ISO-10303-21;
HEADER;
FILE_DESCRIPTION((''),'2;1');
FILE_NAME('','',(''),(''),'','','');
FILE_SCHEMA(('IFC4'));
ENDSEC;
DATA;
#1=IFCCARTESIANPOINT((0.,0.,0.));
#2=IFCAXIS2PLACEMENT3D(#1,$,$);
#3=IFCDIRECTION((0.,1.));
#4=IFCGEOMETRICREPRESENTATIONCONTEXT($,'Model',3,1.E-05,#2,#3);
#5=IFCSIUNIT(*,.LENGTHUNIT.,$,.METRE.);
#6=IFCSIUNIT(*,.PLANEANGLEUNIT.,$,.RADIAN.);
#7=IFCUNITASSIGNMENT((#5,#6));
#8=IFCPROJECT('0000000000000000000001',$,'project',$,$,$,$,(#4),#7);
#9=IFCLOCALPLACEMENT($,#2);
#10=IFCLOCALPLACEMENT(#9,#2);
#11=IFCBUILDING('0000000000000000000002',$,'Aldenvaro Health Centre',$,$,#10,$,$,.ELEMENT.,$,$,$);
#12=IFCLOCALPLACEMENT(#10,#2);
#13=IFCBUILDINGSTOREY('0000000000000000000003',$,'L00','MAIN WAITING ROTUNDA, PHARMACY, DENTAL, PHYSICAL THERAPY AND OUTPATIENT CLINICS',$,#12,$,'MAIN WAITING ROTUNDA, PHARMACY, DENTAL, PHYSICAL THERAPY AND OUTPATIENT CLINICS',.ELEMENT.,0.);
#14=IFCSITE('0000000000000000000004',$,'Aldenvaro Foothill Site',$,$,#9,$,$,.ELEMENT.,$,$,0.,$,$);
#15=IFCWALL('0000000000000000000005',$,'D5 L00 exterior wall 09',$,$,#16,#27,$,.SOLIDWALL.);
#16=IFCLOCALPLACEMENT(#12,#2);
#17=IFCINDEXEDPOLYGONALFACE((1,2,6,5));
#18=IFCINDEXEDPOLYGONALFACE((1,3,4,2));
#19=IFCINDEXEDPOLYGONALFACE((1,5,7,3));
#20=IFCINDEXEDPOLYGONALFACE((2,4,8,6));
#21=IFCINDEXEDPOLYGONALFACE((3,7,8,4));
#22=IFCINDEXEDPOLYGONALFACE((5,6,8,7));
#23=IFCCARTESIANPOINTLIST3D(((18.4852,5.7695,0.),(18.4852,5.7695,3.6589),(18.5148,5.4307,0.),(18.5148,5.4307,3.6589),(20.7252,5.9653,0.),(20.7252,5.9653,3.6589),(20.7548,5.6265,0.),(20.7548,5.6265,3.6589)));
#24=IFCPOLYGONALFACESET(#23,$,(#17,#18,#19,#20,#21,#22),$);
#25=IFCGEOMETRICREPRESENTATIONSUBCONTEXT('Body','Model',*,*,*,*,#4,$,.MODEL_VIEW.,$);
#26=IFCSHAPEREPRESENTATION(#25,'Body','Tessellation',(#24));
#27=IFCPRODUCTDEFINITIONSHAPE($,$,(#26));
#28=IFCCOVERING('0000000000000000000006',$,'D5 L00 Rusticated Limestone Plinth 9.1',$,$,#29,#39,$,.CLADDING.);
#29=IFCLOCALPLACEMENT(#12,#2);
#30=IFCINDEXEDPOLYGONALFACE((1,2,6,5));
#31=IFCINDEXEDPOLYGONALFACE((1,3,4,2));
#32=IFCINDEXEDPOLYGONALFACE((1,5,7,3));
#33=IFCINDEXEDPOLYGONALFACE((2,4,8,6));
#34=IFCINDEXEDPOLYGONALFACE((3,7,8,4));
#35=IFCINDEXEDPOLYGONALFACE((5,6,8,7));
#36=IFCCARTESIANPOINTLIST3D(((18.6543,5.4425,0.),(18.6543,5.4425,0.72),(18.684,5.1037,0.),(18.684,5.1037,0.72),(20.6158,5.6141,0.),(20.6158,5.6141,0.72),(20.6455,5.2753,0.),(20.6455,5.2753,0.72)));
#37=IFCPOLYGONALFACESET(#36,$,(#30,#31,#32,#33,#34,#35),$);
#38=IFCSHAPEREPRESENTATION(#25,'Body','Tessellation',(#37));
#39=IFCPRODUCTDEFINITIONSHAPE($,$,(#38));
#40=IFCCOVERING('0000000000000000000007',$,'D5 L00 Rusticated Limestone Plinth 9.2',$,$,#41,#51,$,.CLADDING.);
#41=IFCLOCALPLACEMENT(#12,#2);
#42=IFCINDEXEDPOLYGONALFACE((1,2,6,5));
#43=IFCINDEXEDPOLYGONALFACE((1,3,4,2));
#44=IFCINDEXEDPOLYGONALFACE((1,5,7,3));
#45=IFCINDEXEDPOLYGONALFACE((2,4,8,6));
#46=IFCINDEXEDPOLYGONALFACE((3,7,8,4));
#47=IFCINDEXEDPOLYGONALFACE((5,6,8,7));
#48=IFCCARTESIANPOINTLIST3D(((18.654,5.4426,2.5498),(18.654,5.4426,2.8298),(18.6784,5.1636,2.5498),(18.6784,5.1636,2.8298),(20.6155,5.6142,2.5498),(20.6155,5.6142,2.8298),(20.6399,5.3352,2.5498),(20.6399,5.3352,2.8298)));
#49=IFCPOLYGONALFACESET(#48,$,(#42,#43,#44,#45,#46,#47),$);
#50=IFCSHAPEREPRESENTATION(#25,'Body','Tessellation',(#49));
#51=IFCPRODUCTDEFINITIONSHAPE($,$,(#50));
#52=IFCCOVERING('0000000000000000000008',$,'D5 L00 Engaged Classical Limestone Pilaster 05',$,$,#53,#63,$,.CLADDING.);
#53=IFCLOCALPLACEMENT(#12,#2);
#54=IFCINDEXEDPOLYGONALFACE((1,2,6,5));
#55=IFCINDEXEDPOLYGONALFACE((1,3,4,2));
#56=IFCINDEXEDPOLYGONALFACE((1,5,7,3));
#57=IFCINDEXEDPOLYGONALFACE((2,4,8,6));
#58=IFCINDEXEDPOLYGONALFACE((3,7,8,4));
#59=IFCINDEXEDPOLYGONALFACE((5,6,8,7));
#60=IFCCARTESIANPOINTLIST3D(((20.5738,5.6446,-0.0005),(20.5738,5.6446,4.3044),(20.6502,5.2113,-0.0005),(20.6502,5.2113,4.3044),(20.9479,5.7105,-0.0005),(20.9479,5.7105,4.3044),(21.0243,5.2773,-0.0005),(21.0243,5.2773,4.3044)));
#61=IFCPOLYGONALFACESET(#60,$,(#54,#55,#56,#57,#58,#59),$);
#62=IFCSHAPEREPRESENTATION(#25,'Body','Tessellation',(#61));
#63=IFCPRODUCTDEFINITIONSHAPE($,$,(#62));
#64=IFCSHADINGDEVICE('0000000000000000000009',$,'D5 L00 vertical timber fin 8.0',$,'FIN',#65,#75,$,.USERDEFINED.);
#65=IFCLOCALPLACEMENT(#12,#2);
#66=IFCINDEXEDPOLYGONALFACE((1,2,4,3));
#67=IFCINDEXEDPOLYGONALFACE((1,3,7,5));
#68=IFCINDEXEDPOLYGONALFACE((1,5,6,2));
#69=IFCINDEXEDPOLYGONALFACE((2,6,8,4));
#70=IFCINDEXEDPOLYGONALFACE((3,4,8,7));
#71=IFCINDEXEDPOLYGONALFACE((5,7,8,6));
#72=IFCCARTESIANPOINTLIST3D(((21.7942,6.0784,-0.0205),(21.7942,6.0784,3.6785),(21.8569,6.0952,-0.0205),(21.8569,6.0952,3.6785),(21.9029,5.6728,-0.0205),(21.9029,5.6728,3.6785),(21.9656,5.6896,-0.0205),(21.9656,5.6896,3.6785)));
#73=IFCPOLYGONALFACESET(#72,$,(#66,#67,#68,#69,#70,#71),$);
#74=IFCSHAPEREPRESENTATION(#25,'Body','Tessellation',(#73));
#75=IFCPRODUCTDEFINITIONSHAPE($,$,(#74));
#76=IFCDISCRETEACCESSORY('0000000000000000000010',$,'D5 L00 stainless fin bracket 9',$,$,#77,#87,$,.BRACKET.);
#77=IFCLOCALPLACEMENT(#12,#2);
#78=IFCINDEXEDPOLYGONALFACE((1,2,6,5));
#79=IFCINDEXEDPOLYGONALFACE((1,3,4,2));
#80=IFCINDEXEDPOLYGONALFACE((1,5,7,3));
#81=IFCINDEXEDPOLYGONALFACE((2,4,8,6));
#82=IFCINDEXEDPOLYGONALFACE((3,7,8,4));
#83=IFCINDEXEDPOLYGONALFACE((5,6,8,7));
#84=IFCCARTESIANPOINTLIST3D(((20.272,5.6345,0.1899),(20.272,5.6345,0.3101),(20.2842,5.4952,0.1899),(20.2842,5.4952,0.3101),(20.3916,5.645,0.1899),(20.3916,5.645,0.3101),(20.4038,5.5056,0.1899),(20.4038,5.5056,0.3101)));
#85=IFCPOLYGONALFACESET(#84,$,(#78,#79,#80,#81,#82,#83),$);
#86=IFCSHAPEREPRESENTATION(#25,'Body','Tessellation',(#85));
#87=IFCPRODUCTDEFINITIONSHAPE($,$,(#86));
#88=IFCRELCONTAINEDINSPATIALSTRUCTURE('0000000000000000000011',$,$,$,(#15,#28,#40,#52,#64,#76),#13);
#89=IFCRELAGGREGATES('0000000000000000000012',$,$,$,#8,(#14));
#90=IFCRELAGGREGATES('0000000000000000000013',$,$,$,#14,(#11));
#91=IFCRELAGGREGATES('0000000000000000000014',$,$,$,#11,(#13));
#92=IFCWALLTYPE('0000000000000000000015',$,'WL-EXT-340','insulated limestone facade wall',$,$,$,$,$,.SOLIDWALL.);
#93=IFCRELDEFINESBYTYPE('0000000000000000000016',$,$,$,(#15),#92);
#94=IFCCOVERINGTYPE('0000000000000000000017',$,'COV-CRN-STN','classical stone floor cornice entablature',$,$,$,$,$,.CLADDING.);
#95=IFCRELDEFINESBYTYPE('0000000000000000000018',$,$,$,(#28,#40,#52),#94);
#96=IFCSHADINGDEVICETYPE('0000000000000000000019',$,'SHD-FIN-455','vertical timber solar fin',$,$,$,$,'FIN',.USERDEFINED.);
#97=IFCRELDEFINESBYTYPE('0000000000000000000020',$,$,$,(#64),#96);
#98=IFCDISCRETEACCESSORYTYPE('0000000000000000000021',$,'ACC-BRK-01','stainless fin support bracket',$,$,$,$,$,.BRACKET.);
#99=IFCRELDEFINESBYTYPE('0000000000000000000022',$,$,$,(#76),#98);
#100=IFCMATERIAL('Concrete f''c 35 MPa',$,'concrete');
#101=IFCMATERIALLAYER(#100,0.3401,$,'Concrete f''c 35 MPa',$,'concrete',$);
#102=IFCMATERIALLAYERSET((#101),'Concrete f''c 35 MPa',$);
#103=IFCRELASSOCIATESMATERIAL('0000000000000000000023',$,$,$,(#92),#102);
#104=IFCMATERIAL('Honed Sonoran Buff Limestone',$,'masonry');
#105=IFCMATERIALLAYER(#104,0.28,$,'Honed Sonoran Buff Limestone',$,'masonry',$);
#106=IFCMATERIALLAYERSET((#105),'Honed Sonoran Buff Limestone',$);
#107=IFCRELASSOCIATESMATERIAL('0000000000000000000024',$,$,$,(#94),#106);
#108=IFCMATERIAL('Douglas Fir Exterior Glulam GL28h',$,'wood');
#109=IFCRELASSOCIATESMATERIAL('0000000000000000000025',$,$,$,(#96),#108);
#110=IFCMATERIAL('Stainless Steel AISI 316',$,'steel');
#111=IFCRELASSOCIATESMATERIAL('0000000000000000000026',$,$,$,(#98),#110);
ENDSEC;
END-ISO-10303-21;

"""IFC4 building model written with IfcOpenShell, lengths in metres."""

from ifc_helpers import new_model, si_unit, direction, frame, frame_2d, origin, origin_2d, place, context, subcontext, project, spatial, rectangle, extrude, material, layer, layer_set, type_object, element, save


model = new_model("IFC4")

# Units and contexts
model_context = context("Model", 3, precision=1e-05, world=origin(), true_north=direction((0.0, 1.0)))
body_context = subcontext(model_context, "Body", "Model", "MODEL_VIEW")
ifc_project = project(units=[si_unit("LENGTHUNIT", "METRE"), si_unit("PLANEANGLEUNIT", "RADIAN")], contexts=[model_context])

# Site, building, storey
site_placement = place(None, origin())
site = spatial("IfcSite", under=ifc_project, at=site_placement, Name="Aldenvaro Foothill Site", CompositionType="ELEMENT", RefElevation=0.0)
building_placement = place(site_placement, origin())
building = spatial("IfcBuilding", under=site, at=building_placement, Name="Aldenvaro Health Centre", CompositionType="ELEMENT")
storey_placement = place(building_placement, origin())
storey = spatial("IfcBuildingStorey", under=building, at=storey_placement, Name="L00", Description="MAIN WAITING ROTUNDA, PHARMACY, DENTAL, PHYSICAL THERAPY AND OUTPATIENT CLINICS", LongName="MAIN WAITING ROTUNDA, PHARMACY, DENTAL, PHYSICAL THERAPY AND OUTPATIENT CLINICS", CompositionType="ELEMENT", Elevation=0.0)

# Wall
ifc_material_1 = material(Name="Concrete f'c 35 MPa", Category="concrete")
ifc_layer_1 = layer(ifc_material_1, 0.3401, Name="Concrete f'c 35 MPa", Category="concrete")
ifc_layer_set_1 = layer_set([ifc_layer_1], Name="Concrete f'c 35 MPa")
wall_type = type_object("IfcWallType", Name="WL-EXT-340", Description="insulated limestone facade wall", PredefinedType="SOLIDWALL", material=ifc_layer_set_1)
wall_placement = place(storey_placement, frame((20.74, 5.7959, 0.0), z_axis=(0.0, 0.0, 1.0), x_axis=(-0.996201, -0.087079, 0.0)))
element("IfcWall", 1, at=wall_placement, inside=storey, type_object=wall_type, Name="D5 L00 exterior wall 09", PredefinedType="SOLIDWALL", context=body_context, shape_type="SweptSolid", body=[
    extrude(rectangle(XDim=2.2485, YDim=0.3401, at=frame_2d((1.1243, 0.0))), origin(), (0.0, 0.0, 1.0), 3.6589),
])

# Coverings
ifc_material_2 = material(Name="Honed Sonoran Buff Limestone", Category="masonry")
ifc_layer_2 = layer(ifc_material_2, 0.28, Name="Honed Sonoran Buff Limestone", Category="masonry")
ifc_layer_set_2 = layer_set([ifc_layer_2], Name="Honed Sonoran Buff Limestone")
covering_type = type_object("IfcCoveringType", Name="COV-CRN-STN", Description="classical stone floor cornice entablature", PredefinedType="CLADDING", material=ifc_layer_set_2)
covering_1_placement = place(storey_placement, frame((19.6499, 5.3589, 0.0), z_axis=(0.0, 0.0, 1.0), x_axis=(-0.996194, -0.087167, 0.0)))
element("IfcCovering", 2, at=covering_1_placement, inside=storey, type_object=covering_type, Name="D5 L00 Rusticated Limestone Plinth 9.1", PredefinedType="CLADDING", context=body_context, shape_type="SweptSolid", body=[
    extrude(rectangle(XDim=1.969, YDim=0.3401, at=origin_2d()), origin(), (0.0, 0.0, 1.0), 0.72),
])
covering_2_placement = place(storey_placement, frame((19.647, 5.3889, 2.5498), z_axis=(0.0, 0.0, 1.0), x_axis=(-0.996194, -0.087167, 0.0)))
element("IfcCovering", 3, at=covering_2_placement, inside=storey, type_object=covering_type, Name="D5 L00 Rusticated Limestone Plinth 9.2", PredefinedType="CLADDING", context=body_context, shape_type="SweptSolid", body=[
    extrude(rectangle(XDim=1.969, YDim=0.28, at=origin_2d()), origin(), (0.0, 0.0, 1.0), 0.28),
])
covering_3_placement = place(storey_placement, frame((20.7991, 5.4609, -0.0005), z_axis=(0.0, 0.0, 1.0), x_axis=(0.173644, -0.984809, 0.0)))
element("IfcCovering", 4, at=covering_3_placement, inside=storey, type_object=covering_type, Name="D5 L00 Engaged Classical Limestone Pilaster 05", PredefinedType="CLADDING", context=body_context, shape_type="SweptSolid", body=[
    extrude(rectangle(XDim=0.4399, YDim=0.3799, at=origin_2d()), origin(), (0.0, 0.0, 1.0), 4.3049),
])

# Shading device
ifc_material_3 = material(Name="Douglas Fir Exterior Glulam GL28h", Category="wood")
shading_device_type = type_object("IfcShadingDeviceType", Name="SHD-FIN-455", Description="vertical timber solar fin", ElementType="FIN", PredefinedType="USERDEFINED", material=ifc_material_3)
shading_device_placement = place(storey_placement, frame((21.8799, 5.884, -0.0205), z_axis=(0.0, 0.0, 1.0), x_axis=(-0.965924, -0.258825, 0.0)))
element("IfcShadingDevice", 5, at=shading_device_placement, inside=storey, type_object=shading_device_type, Name="D5 L00 vertical timber fin 8.0", ObjectType="FIN", PredefinedType="USERDEFINED", context=body_context, shape_type="SweptSolid", body=[
    extrude(rectangle(XDim=0.0649, YDim=0.4199, at=origin_2d()), origin(), (0.0, 0.0, 1.0), 3.699),
])

# Discrete accessory
ifc_material_4 = material(Name="Stainless Steel AISI 316", Category="steel")
discrete_accessory_type = type_object("IfcDiscreteAccessoryType", Name="ACC-BRK-01", Description="stainless fin support bracket", PredefinedType="BRACKET", material=ifc_material_4)
discrete_accessory_placement = place(storey_placement, frame((20.3379, 5.5701, 0.1899), z_axis=(0.0, 0.0, 1.0), x_axis=(-0.996194, -0.087167, 0.0)))
element("IfcDiscreteAccessory", 6, at=discrete_accessory_placement, inside=storey, type_object=discrete_accessory_type, Name="D5 L00 stainless fin bracket 9", PredefinedType="BRACKET", context=body_context, shape_type="SweptSolid", body=[
    extrude(rectangle(XDim=0.1201, YDim=0.1399, at=origin_2d()), origin(), (0.0, 0.0, 1.0), 0.1201),
])

save(model, "model.ifc")
